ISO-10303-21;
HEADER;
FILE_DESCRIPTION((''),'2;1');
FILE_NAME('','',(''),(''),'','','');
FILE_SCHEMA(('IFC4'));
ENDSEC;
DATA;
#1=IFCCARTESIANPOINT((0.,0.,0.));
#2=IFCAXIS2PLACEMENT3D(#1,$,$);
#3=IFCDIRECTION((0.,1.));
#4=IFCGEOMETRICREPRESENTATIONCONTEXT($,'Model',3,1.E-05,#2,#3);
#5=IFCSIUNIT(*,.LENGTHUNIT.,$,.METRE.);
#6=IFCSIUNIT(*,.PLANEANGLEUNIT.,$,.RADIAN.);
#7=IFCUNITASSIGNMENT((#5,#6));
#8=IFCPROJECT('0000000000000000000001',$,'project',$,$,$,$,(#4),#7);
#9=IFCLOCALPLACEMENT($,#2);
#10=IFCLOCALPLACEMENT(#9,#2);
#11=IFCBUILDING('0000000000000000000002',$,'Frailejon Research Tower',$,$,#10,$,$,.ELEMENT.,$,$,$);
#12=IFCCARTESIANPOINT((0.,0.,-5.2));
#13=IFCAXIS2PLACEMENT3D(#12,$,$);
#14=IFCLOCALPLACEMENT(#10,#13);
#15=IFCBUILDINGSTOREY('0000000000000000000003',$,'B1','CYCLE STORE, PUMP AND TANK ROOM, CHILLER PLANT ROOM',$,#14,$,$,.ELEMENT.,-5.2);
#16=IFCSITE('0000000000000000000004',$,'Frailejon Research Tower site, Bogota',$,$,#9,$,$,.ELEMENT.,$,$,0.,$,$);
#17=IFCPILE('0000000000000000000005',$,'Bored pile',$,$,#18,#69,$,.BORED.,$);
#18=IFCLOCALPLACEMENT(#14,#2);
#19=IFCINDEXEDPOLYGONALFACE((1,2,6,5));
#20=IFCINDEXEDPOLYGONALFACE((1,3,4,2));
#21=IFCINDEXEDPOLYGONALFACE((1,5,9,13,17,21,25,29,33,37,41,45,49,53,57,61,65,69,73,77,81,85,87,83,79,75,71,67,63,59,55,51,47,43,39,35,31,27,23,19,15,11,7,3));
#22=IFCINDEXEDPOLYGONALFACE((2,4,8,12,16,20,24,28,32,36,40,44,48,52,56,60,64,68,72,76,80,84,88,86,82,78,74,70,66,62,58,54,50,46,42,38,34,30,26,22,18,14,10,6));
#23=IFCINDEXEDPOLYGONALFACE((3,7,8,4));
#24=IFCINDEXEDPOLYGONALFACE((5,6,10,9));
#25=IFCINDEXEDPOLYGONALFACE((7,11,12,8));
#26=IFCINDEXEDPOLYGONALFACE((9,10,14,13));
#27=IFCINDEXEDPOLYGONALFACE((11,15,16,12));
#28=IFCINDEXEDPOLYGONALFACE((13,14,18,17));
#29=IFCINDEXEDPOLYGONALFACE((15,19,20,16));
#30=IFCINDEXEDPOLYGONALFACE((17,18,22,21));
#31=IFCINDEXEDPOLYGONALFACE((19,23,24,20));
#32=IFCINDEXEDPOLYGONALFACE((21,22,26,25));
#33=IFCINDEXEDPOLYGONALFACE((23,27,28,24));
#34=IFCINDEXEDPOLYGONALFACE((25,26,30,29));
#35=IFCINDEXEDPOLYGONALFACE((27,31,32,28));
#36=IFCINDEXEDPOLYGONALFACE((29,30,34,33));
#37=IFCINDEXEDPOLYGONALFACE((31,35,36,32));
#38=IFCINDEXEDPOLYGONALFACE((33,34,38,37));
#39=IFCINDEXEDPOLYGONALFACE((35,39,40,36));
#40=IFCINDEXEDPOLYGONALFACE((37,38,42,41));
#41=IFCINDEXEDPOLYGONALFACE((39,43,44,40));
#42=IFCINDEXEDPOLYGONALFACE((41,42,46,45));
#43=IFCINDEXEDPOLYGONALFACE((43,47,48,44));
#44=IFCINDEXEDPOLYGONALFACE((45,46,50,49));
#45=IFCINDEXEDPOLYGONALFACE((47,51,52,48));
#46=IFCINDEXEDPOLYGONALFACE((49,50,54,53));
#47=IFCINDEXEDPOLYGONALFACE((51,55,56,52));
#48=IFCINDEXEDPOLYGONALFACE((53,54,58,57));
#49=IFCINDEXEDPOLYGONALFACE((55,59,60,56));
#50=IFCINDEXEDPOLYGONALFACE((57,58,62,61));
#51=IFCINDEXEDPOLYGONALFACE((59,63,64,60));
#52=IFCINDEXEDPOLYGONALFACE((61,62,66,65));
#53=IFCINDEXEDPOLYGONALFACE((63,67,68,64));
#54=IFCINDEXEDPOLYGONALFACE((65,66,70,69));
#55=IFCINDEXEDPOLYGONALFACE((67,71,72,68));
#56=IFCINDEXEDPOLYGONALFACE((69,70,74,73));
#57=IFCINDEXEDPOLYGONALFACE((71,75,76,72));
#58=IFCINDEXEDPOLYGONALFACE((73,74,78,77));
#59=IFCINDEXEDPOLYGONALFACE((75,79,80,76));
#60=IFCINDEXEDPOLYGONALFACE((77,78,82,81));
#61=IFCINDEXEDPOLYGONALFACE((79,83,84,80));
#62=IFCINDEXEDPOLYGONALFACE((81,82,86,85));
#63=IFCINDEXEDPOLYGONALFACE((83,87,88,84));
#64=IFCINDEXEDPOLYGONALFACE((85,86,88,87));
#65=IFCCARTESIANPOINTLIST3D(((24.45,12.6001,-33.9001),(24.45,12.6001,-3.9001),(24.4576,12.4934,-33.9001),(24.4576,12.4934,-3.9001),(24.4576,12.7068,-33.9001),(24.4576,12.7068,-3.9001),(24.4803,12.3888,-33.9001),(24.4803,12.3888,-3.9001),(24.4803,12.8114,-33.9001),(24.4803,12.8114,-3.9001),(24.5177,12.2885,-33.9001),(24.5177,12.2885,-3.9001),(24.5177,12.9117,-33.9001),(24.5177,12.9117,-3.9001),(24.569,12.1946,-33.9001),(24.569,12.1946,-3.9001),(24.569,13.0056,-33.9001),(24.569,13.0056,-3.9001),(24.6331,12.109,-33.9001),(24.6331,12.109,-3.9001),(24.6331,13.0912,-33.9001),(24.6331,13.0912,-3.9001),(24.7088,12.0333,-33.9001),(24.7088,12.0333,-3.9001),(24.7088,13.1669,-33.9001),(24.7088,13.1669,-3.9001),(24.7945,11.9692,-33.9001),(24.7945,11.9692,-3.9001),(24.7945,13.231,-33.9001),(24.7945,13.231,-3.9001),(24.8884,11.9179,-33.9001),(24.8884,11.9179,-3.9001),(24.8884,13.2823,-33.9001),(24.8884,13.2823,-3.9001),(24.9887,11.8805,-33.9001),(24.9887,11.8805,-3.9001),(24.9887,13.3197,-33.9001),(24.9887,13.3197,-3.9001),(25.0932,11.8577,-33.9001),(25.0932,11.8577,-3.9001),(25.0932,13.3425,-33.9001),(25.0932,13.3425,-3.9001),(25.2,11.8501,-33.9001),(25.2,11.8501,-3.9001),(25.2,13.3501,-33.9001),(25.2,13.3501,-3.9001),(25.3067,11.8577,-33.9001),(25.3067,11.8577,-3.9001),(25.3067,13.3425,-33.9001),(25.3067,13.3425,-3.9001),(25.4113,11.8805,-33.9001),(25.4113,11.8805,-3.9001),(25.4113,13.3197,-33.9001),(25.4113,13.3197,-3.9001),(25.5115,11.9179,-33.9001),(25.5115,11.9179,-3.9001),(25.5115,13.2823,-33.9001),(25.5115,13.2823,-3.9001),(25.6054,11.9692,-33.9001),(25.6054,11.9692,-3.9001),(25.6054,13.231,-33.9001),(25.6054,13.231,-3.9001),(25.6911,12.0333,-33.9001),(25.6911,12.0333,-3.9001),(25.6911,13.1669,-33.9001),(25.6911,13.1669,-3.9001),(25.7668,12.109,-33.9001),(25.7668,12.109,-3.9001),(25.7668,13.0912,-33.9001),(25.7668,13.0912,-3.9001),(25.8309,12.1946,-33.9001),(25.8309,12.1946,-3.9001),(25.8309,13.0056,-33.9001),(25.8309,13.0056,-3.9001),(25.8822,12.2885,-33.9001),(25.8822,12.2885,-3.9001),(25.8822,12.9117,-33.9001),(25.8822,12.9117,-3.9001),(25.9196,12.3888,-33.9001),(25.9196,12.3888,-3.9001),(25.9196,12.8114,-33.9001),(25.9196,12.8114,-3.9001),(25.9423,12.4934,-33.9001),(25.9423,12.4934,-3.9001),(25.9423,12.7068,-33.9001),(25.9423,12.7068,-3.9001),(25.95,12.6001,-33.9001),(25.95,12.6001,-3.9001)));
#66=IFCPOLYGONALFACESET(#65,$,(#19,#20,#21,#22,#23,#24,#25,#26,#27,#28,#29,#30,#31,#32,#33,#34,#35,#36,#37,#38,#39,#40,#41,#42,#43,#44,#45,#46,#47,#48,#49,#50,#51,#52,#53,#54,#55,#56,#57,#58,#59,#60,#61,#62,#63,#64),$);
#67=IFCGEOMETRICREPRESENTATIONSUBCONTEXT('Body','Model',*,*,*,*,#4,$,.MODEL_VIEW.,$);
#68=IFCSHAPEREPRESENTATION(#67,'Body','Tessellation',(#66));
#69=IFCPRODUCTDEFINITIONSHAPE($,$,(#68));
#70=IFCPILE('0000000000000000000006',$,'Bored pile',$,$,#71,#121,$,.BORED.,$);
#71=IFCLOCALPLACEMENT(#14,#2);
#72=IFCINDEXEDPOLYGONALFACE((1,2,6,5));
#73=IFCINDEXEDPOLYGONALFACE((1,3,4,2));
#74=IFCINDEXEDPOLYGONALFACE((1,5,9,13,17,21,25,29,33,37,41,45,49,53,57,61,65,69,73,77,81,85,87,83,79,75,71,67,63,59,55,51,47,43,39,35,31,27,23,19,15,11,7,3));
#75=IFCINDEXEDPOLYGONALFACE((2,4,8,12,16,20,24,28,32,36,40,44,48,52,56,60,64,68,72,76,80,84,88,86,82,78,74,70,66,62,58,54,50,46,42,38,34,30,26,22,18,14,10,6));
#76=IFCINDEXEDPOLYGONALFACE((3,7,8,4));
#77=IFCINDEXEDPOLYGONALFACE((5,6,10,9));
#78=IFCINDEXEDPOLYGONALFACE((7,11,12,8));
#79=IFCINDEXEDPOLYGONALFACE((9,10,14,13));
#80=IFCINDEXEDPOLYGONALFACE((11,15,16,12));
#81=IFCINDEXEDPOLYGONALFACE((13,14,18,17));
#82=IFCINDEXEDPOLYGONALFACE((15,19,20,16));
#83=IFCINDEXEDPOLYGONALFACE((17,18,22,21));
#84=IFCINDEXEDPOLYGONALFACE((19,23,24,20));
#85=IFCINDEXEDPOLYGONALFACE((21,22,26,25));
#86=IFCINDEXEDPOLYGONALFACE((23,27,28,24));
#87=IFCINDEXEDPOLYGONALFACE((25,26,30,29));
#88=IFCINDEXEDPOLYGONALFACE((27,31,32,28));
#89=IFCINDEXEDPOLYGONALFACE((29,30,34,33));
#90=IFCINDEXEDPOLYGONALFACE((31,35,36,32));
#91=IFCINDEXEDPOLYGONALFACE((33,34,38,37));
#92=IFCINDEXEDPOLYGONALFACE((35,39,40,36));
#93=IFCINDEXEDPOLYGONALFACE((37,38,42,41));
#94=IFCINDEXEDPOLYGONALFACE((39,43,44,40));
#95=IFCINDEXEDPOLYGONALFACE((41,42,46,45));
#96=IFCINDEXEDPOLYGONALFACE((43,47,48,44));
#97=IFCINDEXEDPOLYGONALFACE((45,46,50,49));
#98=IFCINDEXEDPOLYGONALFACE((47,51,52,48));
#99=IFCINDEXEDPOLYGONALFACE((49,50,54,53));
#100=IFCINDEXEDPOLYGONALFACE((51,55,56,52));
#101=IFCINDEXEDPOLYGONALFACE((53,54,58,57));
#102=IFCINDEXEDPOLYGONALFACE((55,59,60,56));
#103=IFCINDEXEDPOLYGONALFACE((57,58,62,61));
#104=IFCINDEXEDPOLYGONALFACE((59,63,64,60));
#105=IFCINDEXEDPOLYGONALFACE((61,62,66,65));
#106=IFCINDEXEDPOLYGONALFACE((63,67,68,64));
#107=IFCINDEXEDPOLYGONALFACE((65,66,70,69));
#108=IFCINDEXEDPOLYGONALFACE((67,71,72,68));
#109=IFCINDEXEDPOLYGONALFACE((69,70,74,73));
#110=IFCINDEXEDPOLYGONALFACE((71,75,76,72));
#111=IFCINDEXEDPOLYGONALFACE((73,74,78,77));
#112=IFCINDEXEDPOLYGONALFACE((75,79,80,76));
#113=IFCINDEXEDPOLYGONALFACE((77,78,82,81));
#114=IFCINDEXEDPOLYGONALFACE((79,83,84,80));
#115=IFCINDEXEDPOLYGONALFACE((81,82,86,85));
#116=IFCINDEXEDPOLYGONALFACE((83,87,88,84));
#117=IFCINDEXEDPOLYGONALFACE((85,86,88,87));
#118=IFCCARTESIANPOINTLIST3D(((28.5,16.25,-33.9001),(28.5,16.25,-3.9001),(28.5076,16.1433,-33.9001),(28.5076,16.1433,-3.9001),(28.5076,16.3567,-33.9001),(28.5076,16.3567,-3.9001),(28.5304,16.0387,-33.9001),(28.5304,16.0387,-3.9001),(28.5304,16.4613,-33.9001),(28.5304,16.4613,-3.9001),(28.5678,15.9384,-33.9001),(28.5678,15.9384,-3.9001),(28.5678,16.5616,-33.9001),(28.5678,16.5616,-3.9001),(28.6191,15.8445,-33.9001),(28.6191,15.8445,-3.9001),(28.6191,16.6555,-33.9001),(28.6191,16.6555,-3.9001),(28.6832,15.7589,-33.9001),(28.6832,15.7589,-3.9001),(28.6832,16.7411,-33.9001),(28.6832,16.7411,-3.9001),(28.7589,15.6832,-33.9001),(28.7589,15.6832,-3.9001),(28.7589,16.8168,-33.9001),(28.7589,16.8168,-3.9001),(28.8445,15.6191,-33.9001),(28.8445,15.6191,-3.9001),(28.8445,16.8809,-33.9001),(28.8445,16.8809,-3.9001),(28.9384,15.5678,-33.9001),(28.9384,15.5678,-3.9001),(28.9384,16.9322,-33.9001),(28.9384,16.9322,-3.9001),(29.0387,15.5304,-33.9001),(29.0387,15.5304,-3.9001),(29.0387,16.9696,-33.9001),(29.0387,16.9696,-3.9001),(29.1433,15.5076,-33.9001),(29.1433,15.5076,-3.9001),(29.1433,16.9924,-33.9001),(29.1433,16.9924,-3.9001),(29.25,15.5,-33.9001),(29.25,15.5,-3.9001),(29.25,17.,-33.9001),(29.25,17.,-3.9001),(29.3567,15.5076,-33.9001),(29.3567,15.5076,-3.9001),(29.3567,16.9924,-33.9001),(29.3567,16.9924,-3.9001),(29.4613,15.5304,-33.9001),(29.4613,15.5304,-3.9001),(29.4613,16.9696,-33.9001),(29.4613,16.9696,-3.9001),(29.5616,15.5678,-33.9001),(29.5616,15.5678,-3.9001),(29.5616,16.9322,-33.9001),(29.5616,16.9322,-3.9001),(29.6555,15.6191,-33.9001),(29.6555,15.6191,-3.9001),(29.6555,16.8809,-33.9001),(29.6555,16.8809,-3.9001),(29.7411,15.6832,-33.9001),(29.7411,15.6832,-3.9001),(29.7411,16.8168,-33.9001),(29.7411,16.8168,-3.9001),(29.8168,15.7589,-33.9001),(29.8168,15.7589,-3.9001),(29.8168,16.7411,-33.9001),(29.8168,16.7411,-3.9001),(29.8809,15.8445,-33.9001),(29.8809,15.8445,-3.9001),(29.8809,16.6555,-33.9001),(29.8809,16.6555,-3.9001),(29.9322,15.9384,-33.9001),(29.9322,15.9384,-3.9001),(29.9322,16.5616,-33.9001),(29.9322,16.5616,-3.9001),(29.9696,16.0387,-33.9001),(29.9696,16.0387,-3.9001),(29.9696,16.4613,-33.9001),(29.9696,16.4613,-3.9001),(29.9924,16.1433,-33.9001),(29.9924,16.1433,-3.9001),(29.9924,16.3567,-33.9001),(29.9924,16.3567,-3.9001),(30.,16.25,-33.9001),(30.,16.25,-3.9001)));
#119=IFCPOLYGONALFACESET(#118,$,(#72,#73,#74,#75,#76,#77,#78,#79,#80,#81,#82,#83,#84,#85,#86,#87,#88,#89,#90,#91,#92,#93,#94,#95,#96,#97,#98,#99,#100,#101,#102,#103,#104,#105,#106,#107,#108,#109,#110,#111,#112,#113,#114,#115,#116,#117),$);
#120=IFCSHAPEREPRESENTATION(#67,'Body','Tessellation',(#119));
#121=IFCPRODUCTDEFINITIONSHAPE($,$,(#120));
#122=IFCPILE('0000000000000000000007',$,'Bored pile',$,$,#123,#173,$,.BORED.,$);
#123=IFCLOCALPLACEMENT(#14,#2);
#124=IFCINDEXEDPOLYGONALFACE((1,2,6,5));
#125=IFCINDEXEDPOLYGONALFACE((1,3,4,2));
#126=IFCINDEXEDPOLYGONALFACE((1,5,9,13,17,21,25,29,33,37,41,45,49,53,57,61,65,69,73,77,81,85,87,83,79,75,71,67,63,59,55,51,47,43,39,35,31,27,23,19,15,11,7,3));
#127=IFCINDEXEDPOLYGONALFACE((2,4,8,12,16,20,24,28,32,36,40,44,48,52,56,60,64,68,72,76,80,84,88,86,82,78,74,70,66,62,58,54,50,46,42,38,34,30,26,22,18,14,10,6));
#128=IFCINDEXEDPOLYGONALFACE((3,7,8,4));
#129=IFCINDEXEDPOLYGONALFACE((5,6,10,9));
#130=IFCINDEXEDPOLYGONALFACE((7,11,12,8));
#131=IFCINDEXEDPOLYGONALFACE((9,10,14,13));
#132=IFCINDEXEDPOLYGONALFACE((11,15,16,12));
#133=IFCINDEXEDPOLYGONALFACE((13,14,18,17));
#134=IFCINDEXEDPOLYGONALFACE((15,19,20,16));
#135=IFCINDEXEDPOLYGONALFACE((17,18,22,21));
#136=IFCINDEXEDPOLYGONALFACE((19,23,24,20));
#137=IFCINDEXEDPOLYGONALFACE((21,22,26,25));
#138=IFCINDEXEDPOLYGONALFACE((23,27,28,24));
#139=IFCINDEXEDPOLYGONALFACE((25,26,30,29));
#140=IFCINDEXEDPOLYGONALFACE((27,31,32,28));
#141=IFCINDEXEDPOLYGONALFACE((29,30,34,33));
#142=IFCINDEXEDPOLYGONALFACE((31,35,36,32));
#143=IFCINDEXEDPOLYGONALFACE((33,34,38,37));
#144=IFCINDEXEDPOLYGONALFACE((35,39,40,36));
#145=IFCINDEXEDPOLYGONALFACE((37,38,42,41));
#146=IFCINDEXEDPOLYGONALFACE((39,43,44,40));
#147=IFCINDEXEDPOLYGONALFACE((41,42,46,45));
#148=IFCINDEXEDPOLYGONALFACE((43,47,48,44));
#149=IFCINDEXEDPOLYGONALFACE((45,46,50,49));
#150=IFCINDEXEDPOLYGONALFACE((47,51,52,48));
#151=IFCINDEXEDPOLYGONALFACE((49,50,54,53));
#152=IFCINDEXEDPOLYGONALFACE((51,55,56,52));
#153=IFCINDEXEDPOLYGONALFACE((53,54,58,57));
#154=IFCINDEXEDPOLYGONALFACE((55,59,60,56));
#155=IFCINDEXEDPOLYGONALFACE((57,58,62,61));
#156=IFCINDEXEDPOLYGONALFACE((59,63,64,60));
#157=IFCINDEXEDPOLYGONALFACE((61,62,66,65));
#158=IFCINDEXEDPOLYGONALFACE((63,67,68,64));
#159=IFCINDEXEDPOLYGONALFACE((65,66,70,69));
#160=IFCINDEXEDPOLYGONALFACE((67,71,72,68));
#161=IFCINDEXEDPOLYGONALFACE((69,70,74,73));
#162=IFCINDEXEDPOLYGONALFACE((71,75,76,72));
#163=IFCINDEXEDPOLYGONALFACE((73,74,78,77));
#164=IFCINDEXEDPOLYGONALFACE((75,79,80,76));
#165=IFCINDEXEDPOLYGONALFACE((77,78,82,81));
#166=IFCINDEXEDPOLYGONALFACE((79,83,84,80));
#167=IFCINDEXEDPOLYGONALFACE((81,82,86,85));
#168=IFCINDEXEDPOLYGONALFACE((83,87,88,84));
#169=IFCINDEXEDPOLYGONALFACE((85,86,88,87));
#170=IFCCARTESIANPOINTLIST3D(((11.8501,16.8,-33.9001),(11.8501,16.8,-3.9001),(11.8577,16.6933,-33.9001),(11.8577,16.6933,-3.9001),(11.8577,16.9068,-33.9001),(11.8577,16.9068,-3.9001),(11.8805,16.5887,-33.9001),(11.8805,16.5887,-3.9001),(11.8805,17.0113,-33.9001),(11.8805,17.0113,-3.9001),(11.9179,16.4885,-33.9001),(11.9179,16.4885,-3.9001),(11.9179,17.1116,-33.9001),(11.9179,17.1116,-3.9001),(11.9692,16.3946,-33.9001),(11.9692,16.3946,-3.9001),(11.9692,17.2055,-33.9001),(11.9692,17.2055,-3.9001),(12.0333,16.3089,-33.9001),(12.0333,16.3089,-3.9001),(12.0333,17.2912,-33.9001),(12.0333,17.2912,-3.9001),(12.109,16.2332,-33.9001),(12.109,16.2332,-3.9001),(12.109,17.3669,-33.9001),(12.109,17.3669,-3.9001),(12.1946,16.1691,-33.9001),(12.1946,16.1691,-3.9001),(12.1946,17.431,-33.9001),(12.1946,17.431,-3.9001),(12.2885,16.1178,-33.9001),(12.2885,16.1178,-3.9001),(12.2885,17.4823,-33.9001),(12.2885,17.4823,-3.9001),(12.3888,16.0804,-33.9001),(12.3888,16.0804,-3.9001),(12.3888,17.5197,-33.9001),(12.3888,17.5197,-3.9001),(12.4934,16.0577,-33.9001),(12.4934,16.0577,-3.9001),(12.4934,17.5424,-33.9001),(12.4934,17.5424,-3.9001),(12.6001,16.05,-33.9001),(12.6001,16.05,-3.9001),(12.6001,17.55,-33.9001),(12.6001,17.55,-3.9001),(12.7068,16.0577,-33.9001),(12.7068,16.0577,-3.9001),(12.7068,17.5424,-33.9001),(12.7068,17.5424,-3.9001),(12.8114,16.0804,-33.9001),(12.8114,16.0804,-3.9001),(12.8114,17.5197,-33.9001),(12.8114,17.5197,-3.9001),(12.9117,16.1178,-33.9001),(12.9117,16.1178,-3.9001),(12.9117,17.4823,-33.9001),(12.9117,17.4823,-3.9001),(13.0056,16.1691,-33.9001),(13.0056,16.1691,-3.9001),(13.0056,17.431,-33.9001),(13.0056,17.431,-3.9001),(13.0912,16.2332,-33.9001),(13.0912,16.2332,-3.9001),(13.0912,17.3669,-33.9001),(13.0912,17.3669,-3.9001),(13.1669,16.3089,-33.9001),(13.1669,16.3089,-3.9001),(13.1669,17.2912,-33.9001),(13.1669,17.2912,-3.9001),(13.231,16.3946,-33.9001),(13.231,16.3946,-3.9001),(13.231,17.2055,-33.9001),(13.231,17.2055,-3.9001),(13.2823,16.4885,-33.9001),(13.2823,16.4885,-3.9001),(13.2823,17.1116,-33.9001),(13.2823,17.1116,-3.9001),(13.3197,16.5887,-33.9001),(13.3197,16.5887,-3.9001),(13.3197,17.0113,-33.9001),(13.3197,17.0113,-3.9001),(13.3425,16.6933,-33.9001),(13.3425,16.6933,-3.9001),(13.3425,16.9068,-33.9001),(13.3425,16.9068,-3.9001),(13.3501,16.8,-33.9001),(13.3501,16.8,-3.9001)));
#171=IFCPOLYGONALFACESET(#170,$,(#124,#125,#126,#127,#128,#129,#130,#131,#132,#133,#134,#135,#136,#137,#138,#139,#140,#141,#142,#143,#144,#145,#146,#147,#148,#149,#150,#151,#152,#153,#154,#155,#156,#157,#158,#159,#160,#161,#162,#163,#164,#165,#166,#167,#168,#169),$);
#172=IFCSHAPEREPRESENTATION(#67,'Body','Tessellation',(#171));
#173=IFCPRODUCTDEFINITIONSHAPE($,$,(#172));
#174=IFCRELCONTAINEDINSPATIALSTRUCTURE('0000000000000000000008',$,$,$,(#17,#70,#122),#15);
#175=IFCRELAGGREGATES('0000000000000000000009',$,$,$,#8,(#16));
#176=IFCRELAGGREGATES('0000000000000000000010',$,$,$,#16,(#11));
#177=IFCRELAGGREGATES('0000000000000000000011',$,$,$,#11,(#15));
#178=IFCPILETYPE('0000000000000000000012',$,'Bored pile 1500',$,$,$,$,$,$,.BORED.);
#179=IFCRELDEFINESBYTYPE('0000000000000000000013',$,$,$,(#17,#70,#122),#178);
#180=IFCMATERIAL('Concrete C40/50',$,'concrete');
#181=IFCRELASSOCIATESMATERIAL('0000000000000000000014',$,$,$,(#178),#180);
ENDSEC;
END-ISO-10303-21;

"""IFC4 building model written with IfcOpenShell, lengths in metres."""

from ifc_helpers import new_model, si_unit, direction, frame, origin, origin_2d, place, context, subcontext, project, spatial, circle, extrude, material, material_profile, profile_set, type_object, element, save


model = new_model("IFC4")

# Units and contexts
model_context = context("Model", 3, precision=1e-05, world=origin(), true_north=direction((0.0, 1.0)))
body_context = subcontext(model_context, "Body", "Model", "MODEL_VIEW")
ifc_project = project(units=[si_unit("LENGTHUNIT", "METRE"), si_unit("PLANEANGLEUNIT", "RADIAN")], contexts=[model_context])

# Site, building, storey
site_placement = place(None, origin())
site = spatial("IfcSite", under=ifc_project, at=site_placement, Name="Frailejon Research Tower site, Bogota", CompositionType="ELEMENT", RefElevation=0.0)
building_placement = place(site_placement, origin())
building = spatial("IfcBuilding", under=site, at=building_placement, Name="Frailejon Research Tower", CompositionType="ELEMENT")
storey_placement = place(building_placement, frame((0.0, 0.0, -5.2)))
storey = spatial("IfcBuildingStorey", under=building, at=storey_placement, Name="B1", Description="CYCLE STORE, PUMP AND TANK ROOM, CHILLER PLANT ROOM", CompositionType="ELEMENT", Elevation=-5.2)

# Piles
ifc_material_1 = material(Name="Concrete C40/50", Category="concrete")
ifc_material_profile_1 = material_profile(ifc_material_1, circle(Radius=0.75, at=origin_2d()), Name="Bored pile 1500")
ifc_profile_set_1 = profile_set([ifc_material_profile_1], Name="Concrete C40/50")
pile_type = type_object("IfcPileType", Name="Bored pile 1500", PredefinedType="BORED", material=ifc_profile_set_1)
for number, where, z_axis, x_axis, name in (
    (1, (25.2, 12.6001, -3.9001), (0.0, 0.0, -1.0), (1.0, 0.0, 0.0), "Bored pile"),
    (2, (29.25, 16.25, -3.9001), (0.0, 0.0, -1.0), (1.0, 0.0, 0.0), "Bored pile"),
    (3, (12.6001, 16.8, -3.9001), (0.0, 0.0, -1.0), (1.0, 0.0, 0.0), "Bored pile"),
):
    element("IfcPile", number, at=place(storey_placement, frame(where, z_axis=z_axis, x_axis=x_axis)), inside=storey, type_object=pile_type, Name=name, PredefinedType="BORED", context=body_context, shape_type="SweptSolid", body=[
        extrude(circle(Radius=0.75, at=origin_2d()), origin(), (0.0, 0.0, 1.0), 30.0),
    ])

save(model, "model.ifc")
